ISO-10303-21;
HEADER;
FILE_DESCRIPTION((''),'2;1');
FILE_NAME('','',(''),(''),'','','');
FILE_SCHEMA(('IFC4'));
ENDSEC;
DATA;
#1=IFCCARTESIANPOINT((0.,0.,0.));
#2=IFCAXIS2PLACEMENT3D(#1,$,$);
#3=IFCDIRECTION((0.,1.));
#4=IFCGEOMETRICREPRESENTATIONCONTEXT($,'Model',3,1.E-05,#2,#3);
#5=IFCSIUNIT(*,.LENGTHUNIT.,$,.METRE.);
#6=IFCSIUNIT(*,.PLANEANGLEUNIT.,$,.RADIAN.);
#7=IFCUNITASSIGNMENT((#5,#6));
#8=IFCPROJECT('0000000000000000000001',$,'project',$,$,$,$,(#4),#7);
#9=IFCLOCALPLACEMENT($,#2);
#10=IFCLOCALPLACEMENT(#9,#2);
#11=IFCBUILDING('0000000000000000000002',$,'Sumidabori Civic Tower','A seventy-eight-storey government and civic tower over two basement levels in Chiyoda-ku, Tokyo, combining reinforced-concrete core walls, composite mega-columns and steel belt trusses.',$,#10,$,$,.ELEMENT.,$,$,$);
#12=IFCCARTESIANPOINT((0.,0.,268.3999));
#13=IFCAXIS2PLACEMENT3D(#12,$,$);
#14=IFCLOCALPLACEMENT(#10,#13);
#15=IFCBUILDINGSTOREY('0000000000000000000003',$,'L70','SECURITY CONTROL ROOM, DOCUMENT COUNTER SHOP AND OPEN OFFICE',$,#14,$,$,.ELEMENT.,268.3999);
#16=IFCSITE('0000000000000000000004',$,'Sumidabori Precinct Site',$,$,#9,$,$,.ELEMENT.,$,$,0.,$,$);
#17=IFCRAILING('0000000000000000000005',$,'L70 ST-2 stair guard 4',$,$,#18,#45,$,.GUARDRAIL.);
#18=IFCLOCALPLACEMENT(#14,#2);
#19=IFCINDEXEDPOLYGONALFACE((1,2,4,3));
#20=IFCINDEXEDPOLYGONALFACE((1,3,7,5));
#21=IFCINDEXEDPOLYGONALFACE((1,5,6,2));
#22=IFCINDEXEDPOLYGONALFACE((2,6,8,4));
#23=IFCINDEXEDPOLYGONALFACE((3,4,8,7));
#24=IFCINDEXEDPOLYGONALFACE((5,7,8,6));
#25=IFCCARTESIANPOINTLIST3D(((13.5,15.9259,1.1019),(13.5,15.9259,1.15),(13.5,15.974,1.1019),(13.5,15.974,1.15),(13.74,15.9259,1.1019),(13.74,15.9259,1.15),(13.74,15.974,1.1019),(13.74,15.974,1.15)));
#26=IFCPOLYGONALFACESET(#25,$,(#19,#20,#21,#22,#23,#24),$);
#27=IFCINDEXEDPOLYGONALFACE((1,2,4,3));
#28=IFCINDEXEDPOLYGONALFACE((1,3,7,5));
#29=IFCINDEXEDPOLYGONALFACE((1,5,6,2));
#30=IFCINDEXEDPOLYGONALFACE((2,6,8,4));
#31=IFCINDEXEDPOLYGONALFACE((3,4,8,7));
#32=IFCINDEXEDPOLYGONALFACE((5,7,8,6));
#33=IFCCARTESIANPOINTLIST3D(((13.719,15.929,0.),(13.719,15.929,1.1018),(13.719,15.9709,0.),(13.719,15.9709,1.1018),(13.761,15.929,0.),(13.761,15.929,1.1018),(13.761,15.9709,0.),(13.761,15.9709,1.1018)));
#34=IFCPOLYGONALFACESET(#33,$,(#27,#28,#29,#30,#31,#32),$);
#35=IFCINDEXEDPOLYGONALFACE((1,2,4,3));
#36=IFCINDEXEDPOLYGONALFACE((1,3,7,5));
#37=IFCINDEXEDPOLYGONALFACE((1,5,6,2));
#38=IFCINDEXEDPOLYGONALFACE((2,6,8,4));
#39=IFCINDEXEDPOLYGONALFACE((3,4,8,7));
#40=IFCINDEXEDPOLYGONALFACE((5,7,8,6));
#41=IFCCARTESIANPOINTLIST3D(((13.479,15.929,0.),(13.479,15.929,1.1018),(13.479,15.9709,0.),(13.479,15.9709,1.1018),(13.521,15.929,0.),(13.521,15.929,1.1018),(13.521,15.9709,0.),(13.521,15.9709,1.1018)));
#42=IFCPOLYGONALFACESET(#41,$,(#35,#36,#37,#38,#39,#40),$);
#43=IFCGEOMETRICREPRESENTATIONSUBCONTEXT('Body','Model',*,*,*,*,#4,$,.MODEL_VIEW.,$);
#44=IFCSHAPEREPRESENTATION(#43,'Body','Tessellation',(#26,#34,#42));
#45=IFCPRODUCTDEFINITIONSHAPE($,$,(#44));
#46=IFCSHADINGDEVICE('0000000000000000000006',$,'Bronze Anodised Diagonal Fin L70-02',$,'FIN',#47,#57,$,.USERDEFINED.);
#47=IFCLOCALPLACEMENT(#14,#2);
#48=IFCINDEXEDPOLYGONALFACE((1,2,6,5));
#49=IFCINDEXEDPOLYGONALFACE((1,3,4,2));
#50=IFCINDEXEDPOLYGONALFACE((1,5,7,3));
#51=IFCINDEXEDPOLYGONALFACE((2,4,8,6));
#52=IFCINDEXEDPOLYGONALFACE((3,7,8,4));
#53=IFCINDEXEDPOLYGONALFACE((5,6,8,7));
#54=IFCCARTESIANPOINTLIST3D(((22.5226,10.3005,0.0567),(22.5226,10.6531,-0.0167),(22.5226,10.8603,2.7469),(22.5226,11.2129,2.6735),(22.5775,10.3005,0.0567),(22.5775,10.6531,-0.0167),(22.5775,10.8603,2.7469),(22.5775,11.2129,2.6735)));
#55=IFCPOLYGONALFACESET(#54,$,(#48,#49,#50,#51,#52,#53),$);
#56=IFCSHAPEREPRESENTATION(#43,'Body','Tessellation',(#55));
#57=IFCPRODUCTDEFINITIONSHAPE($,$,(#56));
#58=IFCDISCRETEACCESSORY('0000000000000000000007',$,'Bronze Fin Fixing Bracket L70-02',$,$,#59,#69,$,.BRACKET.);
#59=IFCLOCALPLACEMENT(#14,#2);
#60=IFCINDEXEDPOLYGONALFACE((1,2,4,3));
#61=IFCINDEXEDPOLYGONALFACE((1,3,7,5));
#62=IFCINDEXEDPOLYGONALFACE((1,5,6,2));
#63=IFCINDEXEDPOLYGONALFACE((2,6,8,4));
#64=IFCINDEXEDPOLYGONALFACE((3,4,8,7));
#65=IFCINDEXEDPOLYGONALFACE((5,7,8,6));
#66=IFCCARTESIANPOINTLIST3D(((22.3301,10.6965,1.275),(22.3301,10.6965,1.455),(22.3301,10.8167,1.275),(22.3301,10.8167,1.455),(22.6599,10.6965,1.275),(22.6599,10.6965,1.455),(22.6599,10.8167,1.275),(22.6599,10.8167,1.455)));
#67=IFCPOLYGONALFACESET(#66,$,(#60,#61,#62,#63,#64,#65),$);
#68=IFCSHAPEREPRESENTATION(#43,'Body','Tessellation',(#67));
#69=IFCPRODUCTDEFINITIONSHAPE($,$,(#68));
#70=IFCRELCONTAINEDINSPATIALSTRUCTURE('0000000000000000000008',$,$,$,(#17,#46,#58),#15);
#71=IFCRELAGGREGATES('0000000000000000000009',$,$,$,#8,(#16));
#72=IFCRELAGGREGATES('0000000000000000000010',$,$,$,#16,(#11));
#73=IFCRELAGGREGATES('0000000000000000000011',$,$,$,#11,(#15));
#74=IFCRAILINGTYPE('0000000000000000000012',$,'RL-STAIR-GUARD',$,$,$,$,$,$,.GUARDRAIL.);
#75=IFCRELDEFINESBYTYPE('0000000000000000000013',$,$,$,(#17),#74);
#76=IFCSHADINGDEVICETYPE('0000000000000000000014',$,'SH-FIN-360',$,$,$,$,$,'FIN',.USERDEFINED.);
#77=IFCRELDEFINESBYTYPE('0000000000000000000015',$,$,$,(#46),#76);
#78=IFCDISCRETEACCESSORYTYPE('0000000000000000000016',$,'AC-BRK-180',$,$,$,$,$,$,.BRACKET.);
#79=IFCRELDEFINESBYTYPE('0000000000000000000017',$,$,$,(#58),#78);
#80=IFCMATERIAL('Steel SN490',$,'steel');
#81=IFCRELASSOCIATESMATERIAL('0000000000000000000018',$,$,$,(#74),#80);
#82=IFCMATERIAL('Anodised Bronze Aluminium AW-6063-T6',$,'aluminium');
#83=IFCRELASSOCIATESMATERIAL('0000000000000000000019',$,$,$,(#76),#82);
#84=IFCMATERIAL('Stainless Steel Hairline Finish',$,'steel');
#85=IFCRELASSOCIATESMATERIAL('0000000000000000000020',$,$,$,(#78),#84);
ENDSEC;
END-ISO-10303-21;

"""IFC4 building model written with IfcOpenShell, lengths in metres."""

from ifc_helpers import new_model, si_unit, direction, frame, origin, origin_2d, place, context, subcontext, project, spatial, rectangle, extrude, source, transform, mapped, material, material_profile, profile_set, type_object, element, save


model = new_model("IFC4")

# Units and contexts
model_context = context("Model", 3, precision=1e-05, world=origin(), true_north=direction((0.0, 1.0)))
body_context = subcontext(model_context, "Body", "Model", "MODEL_VIEW")
ifc_project = project(units=[si_unit("LENGTHUNIT", "METRE"), si_unit("PLANEANGLEUNIT", "RADIAN")], contexts=[model_context])

# Site, building, storey
site_placement = place(None, origin())
site = spatial("IfcSite", under=ifc_project, at=site_placement, Name="Sumidabori Precinct Site", CompositionType="ELEMENT", RefElevation=0.0)
building_placement = place(site_placement, origin())
building = spatial("IfcBuilding", under=site, at=building_placement, Name="Sumidabori Civic Tower", Description="A seventy-eight-storey government and civic tower over two basement levels in Chiyoda-ku, Tokyo, combining reinforced-concrete core walls, composite mega-columns and steel belt trusses.", CompositionType="ELEMENT")
storey_placement = place(building_placement, frame((0.0, 0.0, 268.3999)))
storey = spatial("IfcBuildingStorey", under=building, at=storey_placement, Name="L70", Description="SECURITY CONTROL ROOM, DOCUMENT COUNTER SHOP AND OPEN OFFICE", CompositionType="ELEMENT", Elevation=268.3999)

# Shared definitions
ifc_material_1 = material(Name="Steel SN490", Category="steel")

# Shared definitions
ifc_material_2 = material(Name="Anodised Bronze Aluminium AW-6063-T6", Category="aluminium")

# Shared definitions
ifc_material_3 = material(Name="Stainless Steel Hairline Finish", Category="steel")

# Railing
railing_type_1 = type_object("IfcRailingType", Name="RL-STAIR-GUARD", PredefinedType="GUARDRAIL", material=ifc_material_1)
railing_1_placement = place(storey_placement, frame((13.74, 15.95, 0.0)))
element("IfcRailing", 1, at=railing_1_placement, inside=storey, type_object=railing_type_1, Name="L70 ST-2 stair guard 4", PredefinedType="GUARDRAIL", context=body_context, shape_type="SweptSolid", body=[
    extrude(rectangle(XDim=0.0481, YDim=0.0481, at=origin_2d()), frame((0.0, 0.0, 1.126), z_axis=(-1.0, 0.0, 0.0), x_axis=(0.0, -1.0, 0.0)), (0.0, 0.0, 1.0), 0.24),
    extrude(rectangle(XDim=0.042, YDim=0.042, at=origin_2d()), origin(), (0.0, 0.0, 1.0), 1.1018),
    extrude(rectangle(XDim=0.042, YDim=0.042, at=origin_2d()), frame((-0.24, 0.0, 0.0)), (0.0, 0.0, 1.0), 1.1018),
])

# Shading device
ifc_material_profile_1 = material_profile(ifc_material_2, rectangle(XDim=0.0549, YDim=0.3601, at=origin_2d()), Name="BRONZE FIN 360x55")
ifc_profile_set_1 = profile_set([ifc_material_profile_1], Name="Anodised Bronze Aluminium AW-6063-T6")
shading_device_type = type_object("IfcShadingDeviceType", Name="SH-FIN-360", ElementType="FIN", PredefinedType="USERDEFINED", material=ifc_profile_set_1)
shared_shape_1 = source(origin(), body_context, "Body", "SweptSolid", [
    extrude(rectangle(XDim=0.0549, YDim=0.3601, at=origin_2d()), origin(), (0.0, 0.0, 1.0), 2.7478),
])
shading_device_placement = place(storey_placement, frame((22.55, 10.4768, 0.02), z_axis=(0.0, 0.203731, 0.979027), x_axis=(-1.0, 0.0, 0.0)))
element("IfcShadingDevice", 2, at=shading_device_placement, inside=storey, type_object=shading_device_type, Name="Bronze Anodised Diagonal Fin L70-02", ObjectType="FIN", PredefinedType="USERDEFINED", context=body_context, shape_type="MappedRepresentation", body=[
    mapped(shared_shape_1, transform((0.0, 0.0, 0.0), x_axis=(1.0, 0.0, 0.0), y_axis=(0.0, 1.0, 0.0), z_axis=(0.0, 0.0, 1.0), scale=1.0)),
])

# Discrete accessory
ifc_material_profile_2 = material_profile(ifc_material_3, rectangle(XDim=0.1201, YDim=0.1799, at=origin_2d()), Name="STEEL BRACKET 180x120")
ifc_profile_set_2 = profile_set([ifc_material_profile_2], Name="Stainless Steel Hairline Finish")
discrete_accessory_type = type_object("IfcDiscreteAccessoryType", Name="AC-BRK-180", PredefinedType="BRACKET", material=ifc_profile_set_2)
shared_shape_2 = source(origin(), body_context, "Body", "SweptSolid", [
    extrude(rectangle(XDim=0.1201, YDim=0.1799, at=origin_2d()), origin(), (0.0, 0.0, 1.0), 0.3298),
])
discrete_accessory_placement = place(storey_placement, frame((22.3301, 10.7566, 1.365), z_axis=(1.0, 0.0, 0.0), x_axis=(0.0, 1.0, 0.0)))
element("IfcDiscreteAccessory", 3, at=discrete_accessory_placement, inside=storey, type_object=discrete_accessory_type, Name="Bronze Fin Fixing Bracket L70-02", PredefinedType="BRACKET", context=body_context, shape_type="MappedRepresentation", body=[
    mapped(shared_shape_2, transform((0.0, 0.0, 0.0), x_axis=(1.0, 0.0, 0.0), y_axis=(0.0, 1.0, 0.0), z_axis=(0.0, 0.0, 1.0), scale=1.0)),
])

save(model, "model.ifc")
